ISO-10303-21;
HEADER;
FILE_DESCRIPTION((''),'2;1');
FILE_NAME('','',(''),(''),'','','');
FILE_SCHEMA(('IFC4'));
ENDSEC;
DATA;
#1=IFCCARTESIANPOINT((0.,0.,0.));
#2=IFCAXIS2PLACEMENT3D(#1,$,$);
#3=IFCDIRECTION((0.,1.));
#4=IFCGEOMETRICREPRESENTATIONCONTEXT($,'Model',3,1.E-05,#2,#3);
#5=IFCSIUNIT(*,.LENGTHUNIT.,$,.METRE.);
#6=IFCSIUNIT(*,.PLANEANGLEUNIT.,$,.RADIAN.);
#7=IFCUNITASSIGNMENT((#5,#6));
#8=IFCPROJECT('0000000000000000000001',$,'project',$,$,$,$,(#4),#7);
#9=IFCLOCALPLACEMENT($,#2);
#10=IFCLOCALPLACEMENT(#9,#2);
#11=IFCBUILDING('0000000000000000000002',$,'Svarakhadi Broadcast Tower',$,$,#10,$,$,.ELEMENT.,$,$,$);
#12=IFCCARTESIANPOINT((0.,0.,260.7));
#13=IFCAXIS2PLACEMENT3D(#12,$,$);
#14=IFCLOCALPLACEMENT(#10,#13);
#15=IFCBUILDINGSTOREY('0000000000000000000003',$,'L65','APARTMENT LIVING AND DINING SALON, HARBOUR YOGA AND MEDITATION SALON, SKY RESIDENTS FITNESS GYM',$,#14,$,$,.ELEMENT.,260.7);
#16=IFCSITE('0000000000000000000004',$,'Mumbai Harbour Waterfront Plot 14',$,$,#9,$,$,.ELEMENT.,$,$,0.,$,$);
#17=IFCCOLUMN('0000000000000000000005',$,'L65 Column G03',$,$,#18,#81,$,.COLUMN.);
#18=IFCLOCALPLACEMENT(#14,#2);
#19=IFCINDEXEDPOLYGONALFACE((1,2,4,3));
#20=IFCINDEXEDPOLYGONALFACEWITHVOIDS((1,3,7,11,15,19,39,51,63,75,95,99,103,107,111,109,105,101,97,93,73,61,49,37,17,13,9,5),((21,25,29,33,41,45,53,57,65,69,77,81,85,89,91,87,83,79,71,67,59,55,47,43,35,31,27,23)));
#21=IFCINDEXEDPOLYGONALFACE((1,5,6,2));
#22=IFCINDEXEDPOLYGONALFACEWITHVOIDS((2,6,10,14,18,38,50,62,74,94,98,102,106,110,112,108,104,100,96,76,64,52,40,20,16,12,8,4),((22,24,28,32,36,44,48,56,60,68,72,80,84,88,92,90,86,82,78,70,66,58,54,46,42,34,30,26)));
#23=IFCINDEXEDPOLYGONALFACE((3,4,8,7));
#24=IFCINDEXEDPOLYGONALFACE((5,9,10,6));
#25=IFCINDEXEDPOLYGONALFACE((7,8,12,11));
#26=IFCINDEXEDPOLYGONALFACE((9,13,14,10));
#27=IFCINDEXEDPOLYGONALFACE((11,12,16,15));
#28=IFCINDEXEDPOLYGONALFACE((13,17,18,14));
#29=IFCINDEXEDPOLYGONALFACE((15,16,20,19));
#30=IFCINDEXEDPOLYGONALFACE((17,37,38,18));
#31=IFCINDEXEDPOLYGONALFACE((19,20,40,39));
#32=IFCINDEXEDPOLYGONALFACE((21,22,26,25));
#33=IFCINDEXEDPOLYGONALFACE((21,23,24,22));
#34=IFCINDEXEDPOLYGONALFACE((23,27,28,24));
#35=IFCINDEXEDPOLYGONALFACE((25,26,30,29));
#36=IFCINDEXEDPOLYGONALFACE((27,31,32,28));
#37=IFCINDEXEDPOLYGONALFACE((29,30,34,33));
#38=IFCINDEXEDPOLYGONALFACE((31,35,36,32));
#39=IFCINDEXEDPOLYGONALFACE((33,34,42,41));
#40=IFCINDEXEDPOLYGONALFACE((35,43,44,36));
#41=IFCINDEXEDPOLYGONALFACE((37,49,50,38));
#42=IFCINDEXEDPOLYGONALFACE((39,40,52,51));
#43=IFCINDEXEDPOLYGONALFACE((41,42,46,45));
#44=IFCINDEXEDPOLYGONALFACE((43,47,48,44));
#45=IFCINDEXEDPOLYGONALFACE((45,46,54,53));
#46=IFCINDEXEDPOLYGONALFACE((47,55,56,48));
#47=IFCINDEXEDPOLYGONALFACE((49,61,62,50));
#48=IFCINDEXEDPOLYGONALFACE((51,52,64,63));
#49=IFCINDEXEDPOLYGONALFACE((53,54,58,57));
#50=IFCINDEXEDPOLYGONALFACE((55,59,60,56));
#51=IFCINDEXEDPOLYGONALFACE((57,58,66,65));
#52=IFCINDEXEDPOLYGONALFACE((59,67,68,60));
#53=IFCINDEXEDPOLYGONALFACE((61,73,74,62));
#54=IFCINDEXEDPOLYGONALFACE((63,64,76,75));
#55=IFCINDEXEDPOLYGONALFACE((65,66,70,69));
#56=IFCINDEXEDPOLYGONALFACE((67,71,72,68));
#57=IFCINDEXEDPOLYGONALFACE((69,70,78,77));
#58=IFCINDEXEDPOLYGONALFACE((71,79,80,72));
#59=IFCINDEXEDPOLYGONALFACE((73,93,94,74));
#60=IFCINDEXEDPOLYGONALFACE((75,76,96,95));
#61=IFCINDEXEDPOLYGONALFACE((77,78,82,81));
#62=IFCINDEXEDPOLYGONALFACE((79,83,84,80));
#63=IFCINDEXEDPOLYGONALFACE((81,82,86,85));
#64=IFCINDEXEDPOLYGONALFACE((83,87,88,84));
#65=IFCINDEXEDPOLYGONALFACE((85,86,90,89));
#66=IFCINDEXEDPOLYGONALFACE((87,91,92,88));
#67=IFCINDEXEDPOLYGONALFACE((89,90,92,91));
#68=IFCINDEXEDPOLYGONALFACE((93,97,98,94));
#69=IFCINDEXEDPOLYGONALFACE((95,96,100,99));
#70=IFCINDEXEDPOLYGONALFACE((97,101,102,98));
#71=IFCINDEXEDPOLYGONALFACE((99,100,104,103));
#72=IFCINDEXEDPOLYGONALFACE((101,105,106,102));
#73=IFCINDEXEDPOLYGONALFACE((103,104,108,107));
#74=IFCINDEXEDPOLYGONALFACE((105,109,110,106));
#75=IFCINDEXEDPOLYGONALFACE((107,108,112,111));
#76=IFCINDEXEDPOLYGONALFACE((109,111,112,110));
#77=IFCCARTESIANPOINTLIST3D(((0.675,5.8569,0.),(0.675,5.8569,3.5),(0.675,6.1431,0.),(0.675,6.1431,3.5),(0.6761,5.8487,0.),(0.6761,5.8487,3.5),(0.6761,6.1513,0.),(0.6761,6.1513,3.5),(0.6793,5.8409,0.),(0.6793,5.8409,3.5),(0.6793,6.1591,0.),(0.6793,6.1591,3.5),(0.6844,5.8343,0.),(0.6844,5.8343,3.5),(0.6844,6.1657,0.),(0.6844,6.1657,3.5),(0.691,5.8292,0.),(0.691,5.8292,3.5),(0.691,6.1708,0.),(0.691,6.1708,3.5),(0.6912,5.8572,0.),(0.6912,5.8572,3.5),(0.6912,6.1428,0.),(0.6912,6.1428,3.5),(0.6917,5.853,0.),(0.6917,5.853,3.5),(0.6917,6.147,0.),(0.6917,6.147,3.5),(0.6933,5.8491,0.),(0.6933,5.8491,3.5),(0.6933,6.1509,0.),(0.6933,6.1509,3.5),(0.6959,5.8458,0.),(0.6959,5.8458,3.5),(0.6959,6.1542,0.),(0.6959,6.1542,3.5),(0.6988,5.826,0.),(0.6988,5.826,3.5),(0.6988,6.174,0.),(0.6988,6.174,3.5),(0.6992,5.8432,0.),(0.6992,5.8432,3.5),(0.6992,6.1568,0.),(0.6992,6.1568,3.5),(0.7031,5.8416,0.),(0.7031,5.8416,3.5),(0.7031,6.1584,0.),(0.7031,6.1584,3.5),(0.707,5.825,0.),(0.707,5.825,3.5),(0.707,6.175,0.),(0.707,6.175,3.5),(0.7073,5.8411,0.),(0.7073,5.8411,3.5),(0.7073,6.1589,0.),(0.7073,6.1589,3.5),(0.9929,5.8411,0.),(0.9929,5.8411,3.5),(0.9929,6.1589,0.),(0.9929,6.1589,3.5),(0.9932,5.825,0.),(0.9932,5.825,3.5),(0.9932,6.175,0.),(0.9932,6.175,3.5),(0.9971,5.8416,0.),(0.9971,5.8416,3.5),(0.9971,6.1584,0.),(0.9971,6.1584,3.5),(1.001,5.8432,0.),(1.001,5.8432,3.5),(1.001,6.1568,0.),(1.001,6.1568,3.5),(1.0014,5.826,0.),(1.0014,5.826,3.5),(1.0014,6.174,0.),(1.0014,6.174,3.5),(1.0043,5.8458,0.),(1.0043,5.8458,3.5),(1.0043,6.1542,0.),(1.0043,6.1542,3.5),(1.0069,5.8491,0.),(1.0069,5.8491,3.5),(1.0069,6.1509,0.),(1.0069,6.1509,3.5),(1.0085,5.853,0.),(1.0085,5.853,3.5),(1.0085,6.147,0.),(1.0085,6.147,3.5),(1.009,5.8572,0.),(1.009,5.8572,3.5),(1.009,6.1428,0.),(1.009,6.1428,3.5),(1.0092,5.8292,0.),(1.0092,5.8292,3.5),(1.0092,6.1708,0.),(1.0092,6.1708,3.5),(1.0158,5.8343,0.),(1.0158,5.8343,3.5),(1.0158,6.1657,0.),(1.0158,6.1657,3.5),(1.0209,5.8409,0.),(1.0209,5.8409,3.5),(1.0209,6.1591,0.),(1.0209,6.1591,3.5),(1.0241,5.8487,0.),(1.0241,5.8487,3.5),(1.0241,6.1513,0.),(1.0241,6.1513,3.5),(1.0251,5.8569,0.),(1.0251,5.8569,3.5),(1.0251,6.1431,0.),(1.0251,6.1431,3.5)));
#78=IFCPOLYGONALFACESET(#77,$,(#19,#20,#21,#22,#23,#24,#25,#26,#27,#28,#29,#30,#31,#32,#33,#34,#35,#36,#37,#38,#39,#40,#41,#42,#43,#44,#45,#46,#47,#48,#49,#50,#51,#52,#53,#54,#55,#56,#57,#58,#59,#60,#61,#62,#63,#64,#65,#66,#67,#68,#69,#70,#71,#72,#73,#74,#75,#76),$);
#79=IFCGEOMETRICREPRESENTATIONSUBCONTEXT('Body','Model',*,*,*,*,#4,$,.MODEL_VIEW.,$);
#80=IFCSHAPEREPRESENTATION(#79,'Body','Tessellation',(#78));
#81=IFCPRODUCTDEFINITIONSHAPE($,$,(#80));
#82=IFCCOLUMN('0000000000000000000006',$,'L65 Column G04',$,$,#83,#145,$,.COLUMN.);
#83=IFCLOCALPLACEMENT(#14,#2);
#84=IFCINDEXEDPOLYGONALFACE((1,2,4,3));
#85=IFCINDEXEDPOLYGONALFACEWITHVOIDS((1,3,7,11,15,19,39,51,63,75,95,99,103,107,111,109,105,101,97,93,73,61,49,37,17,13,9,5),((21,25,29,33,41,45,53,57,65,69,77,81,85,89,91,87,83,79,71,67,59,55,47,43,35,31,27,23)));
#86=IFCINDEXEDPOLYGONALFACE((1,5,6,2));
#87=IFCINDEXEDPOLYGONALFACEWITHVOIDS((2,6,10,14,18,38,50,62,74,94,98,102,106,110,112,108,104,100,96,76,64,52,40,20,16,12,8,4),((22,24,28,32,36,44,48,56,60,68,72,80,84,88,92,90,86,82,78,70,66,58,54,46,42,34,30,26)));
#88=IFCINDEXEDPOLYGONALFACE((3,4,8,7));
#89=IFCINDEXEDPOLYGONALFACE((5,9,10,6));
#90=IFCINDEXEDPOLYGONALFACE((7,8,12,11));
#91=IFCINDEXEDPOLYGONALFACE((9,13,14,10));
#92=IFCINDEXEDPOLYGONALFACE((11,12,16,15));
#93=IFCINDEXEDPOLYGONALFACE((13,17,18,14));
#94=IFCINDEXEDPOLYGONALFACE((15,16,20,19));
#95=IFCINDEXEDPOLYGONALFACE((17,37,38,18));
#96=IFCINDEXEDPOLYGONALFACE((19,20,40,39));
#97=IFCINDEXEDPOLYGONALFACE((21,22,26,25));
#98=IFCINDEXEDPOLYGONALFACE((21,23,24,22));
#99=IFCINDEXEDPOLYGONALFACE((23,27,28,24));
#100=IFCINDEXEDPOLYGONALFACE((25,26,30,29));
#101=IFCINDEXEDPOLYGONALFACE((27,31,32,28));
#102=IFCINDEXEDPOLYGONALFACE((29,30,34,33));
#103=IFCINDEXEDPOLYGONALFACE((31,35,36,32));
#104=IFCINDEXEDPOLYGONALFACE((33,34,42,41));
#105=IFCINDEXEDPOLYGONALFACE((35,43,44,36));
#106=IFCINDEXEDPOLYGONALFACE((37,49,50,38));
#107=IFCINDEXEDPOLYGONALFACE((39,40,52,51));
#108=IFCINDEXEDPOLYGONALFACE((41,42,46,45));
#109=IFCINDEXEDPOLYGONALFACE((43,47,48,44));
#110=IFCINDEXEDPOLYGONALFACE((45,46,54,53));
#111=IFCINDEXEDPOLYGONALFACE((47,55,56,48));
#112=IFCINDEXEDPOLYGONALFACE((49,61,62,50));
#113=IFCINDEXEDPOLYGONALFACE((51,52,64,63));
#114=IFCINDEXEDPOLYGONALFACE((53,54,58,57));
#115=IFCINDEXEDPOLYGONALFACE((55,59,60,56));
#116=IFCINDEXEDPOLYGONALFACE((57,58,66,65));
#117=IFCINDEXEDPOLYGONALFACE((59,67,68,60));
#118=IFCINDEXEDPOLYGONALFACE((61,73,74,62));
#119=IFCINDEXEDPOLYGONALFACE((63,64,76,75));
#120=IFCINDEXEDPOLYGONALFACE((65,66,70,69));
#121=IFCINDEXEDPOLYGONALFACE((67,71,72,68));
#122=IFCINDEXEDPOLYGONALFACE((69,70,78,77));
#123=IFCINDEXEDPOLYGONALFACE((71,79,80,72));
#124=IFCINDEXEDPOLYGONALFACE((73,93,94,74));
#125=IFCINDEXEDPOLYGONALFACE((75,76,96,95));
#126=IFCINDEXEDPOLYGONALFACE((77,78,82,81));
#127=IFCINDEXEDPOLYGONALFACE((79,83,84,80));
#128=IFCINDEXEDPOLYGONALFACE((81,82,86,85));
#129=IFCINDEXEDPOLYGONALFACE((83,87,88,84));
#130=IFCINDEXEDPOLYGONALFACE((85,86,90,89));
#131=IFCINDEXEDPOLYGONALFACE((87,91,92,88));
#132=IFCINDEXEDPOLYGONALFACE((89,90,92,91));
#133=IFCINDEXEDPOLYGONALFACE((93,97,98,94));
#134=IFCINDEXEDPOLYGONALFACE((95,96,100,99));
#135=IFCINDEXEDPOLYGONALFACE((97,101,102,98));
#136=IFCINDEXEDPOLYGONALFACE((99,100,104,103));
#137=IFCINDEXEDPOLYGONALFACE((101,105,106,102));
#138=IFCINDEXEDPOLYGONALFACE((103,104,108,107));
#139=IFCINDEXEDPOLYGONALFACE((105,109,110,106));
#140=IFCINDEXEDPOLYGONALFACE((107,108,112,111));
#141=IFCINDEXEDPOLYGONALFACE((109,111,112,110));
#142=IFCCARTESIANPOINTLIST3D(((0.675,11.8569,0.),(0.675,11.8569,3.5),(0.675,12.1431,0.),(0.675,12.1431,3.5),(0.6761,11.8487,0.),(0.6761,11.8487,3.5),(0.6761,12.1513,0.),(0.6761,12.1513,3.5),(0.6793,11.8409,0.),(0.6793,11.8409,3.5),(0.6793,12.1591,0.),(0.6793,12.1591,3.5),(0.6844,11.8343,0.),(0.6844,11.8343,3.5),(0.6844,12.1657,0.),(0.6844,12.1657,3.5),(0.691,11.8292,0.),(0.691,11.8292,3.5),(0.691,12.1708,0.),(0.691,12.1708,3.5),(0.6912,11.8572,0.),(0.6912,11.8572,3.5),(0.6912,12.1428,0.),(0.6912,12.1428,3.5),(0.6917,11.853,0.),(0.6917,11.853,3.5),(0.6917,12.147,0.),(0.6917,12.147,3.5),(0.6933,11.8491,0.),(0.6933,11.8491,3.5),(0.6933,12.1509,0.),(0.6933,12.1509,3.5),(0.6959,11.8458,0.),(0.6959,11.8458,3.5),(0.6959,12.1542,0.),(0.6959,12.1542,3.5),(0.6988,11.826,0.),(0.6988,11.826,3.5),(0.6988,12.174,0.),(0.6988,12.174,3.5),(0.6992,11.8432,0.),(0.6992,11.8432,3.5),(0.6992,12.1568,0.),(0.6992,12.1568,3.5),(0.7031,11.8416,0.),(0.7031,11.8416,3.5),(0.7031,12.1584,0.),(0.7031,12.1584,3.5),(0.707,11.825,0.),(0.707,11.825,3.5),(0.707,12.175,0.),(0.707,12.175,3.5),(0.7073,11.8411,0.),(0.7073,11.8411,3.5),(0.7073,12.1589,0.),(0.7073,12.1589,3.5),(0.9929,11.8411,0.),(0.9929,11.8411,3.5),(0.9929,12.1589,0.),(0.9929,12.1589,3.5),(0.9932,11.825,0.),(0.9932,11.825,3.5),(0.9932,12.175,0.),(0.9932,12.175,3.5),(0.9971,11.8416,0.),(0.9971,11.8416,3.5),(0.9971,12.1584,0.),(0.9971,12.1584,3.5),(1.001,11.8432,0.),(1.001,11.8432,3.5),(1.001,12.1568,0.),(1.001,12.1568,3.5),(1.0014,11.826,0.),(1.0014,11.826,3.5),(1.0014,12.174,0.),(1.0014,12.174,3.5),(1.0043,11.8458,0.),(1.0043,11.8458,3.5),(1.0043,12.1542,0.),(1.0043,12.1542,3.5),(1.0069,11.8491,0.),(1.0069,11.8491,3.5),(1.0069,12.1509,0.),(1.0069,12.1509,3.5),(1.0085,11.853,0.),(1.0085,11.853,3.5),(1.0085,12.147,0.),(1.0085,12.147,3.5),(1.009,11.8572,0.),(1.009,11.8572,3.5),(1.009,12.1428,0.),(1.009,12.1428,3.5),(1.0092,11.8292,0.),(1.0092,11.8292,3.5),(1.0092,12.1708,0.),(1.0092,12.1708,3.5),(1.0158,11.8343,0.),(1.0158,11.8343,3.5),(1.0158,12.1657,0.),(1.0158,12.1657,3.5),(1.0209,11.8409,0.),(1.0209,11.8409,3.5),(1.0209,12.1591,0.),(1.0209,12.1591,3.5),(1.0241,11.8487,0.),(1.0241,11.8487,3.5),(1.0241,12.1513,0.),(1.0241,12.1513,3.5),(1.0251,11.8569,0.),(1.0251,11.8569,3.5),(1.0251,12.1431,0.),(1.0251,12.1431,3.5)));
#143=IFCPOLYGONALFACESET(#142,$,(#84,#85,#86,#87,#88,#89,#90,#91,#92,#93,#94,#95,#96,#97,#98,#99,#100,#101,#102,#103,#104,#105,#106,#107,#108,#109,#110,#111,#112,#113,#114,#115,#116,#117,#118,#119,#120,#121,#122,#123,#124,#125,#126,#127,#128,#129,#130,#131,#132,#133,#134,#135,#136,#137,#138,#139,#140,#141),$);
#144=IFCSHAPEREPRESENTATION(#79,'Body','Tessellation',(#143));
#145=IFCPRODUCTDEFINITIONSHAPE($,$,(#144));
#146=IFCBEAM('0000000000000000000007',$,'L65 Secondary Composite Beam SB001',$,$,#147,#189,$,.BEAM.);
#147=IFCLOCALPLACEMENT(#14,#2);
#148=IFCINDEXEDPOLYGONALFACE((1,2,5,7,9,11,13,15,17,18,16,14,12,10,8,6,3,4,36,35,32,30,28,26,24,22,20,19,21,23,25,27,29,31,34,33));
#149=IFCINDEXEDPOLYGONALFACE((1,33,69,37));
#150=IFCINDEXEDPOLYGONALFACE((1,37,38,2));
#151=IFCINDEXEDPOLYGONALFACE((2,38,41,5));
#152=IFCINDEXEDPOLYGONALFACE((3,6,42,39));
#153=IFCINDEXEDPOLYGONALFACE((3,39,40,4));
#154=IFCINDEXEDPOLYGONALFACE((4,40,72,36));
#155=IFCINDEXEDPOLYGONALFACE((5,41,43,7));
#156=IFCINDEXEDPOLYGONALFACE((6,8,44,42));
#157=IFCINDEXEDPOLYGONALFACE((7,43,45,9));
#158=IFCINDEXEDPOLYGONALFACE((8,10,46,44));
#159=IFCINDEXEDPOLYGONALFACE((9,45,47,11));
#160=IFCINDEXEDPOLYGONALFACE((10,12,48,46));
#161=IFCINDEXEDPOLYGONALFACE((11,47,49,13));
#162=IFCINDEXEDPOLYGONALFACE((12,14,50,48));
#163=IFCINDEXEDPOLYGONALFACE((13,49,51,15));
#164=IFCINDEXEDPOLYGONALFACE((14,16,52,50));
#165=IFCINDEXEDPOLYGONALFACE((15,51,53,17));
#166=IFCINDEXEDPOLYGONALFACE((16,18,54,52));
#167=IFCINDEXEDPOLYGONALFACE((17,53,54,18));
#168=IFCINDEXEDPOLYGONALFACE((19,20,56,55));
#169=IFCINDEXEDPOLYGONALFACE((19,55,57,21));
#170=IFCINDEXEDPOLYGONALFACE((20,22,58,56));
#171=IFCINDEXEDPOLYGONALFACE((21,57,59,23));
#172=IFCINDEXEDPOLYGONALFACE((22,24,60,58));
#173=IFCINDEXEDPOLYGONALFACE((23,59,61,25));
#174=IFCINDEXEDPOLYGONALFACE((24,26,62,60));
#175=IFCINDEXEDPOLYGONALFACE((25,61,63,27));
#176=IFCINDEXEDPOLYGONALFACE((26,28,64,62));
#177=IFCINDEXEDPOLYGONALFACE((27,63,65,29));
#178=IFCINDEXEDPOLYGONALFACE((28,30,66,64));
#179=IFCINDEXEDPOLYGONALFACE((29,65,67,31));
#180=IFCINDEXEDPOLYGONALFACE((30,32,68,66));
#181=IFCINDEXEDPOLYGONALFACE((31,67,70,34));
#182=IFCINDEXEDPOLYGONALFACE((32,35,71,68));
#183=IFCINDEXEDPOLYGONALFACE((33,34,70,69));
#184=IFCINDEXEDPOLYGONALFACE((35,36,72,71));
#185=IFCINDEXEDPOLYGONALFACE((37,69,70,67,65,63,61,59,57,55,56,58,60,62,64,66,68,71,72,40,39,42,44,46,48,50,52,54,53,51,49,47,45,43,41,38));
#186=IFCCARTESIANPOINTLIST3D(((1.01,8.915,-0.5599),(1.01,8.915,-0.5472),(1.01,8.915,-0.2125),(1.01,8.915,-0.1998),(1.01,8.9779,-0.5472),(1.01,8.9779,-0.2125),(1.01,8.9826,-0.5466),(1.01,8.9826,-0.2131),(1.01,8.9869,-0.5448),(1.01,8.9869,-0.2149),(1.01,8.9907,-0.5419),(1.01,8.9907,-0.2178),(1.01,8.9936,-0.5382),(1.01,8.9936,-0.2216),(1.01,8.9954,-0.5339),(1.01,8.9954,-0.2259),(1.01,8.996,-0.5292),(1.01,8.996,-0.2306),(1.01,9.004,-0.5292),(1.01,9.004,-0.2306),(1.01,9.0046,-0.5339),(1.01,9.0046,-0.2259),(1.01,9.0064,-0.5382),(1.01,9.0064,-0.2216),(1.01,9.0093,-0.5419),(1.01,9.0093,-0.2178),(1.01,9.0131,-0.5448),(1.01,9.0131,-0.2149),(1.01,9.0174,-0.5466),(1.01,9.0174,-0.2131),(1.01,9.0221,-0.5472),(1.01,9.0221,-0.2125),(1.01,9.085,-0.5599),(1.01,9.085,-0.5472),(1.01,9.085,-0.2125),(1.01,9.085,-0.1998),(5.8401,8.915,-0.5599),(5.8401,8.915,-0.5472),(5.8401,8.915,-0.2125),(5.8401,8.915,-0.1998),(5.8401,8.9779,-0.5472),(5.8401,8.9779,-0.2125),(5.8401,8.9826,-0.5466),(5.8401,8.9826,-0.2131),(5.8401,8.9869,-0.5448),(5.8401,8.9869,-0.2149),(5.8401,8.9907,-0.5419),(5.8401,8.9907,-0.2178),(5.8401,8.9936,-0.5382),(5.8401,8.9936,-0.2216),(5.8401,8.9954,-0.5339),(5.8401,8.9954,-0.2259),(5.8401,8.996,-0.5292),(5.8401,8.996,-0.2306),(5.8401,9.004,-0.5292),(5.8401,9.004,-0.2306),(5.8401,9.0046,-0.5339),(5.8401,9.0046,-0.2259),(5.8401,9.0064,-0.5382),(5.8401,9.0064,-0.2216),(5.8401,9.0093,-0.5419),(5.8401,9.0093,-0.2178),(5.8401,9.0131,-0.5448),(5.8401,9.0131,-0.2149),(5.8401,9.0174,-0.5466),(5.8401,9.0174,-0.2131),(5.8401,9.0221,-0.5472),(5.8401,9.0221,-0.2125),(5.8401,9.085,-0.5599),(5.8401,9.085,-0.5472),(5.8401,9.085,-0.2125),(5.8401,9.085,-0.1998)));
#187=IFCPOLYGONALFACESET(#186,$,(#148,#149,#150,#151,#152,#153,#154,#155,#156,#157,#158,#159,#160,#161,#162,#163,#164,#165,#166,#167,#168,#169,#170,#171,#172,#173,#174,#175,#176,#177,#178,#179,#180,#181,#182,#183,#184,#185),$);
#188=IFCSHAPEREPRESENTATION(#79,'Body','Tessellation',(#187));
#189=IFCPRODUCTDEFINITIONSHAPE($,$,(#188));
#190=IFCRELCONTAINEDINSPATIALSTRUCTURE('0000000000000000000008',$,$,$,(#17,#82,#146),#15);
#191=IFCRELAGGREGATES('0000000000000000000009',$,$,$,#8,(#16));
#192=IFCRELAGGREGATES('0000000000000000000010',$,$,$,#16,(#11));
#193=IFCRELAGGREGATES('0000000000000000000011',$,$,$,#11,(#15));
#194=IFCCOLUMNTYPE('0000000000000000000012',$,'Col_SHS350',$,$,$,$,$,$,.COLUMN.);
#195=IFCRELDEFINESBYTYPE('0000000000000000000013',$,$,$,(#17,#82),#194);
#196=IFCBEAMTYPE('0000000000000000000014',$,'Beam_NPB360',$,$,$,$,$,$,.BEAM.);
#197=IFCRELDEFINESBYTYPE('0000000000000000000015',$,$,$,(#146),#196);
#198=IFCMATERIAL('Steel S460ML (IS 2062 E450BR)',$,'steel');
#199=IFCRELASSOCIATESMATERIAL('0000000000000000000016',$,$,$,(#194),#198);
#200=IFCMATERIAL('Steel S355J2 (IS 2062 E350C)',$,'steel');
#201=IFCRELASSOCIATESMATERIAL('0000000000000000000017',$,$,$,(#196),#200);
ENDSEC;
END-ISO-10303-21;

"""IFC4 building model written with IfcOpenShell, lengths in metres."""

from ifc_helpers import new_model, si_unit, direction, frame, origin, origin_2d, place, context, subcontext, project, spatial, hollow_rectangle, i_section, extrude, material, material_profile, profile_set, type_object, element, save


model = new_model("IFC4")

# Units and contexts
model_context = context("Model", 3, precision=1e-05, world=origin(), true_north=direction((0.0, 1.0)))
body_context = subcontext(model_context, "Body", "Model", "MODEL_VIEW")
ifc_project = project(units=[si_unit("LENGTHUNIT", "METRE"), si_unit("PLANEANGLEUNIT", "RADIAN")], contexts=[model_context])

# Site, building, storey
site_placement = place(None, origin())
site = spatial("IfcSite", under=ifc_project, at=site_placement, Name="Mumbai Harbour Waterfront Plot 14", CompositionType="ELEMENT", RefElevation=0.0)
building_placement = place(site_placement, origin())
building = spatial("IfcBuilding", under=site, at=building_placement, Name="Svarakhadi Broadcast Tower", CompositionType="ELEMENT")
storey_placement = place(building_placement, frame((0.0, 0.0, 260.7)))
storey = spatial("IfcBuildingStorey", under=building, at=storey_placement, Name="L65", Description="APARTMENT LIVING AND DINING SALON, HARBOUR YOGA AND MEDITATION SALON, SKY RESIDENTS FITNESS GYM", CompositionType="ELEMENT", Elevation=260.7)

# Columns
ifc_material_1 = material(Name="Steel S460ML (IS 2062 E450BR)", Category="steel")
ifc_material_profile_1 = material_profile(ifc_material_1, hollow_rectangle(XDim=0.3501, YDim=0.3501, WallThickness=0.0161, InnerFilletRadius=0.0161, OuterFilletRadius=0.032, at=origin_2d()), Name="SHS 350x350x16")
ifc_profile_set_1 = profile_set([ifc_material_profile_1], Name="Steel S460ML (IS 2062 E450BR)")
column_type = type_object("IfcColumnType", Name="Col_SHS350", PredefinedType="COLUMN", material=ifc_profile_set_1)
for number, where, z_axis, x_axis, name in (
    (1, (0.8501, 6.0, 0.0), (0.0, 0.0, 1.0), (1.0, 0.0, 0.0), "L65 Column G03"),
    (2, (0.8501, 12.0, 0.0), (0.0, 0.0, 1.0), (1.0, 0.0, 0.0), "L65 Column G04"),
):
    element("IfcColumn", number, at=place(storey_placement, frame(where, z_axis=z_axis, x_axis=x_axis)), inside=storey, type_object=column_type, Name=name, PredefinedType="COLUMN", context=body_context, shape_type="SweptSolid", body=[
        extrude(hollow_rectangle(XDim=0.3501, YDim=0.3501, WallThickness=0.0161, InnerFilletRadius=0.0161, OuterFilletRadius=0.032, at=origin_2d()), origin(), (0.0, 0.0, 1.0), 3.5),
    ])

# Beam
ifc_material_2 = material(Name="Steel S355J2 (IS 2062 E350C)", Category="steel")
ifc_material_profile_2 = material_profile(ifc_material_2, i_section(OverallWidth=0.1699, OverallDepth=0.3601, WebThickness=0.0081, FlangeThickness=0.0127, FilletRadius=0.0181, at=origin_2d()), Name="NPB 360x170x57")
ifc_profile_set_2 = profile_set([ifc_material_profile_2], Name="Steel S355J2 (IS 2062 E350C)")
beam_type_1 = type_object("IfcBeamType", Name="Beam_NPB360", PredefinedType="BEAM", material=ifc_profile_set_2)
beam_placement = place(storey_placement, frame((1.01, 9.0, -0.3799), z_axis=(1.0, 0.0, 0.0), x_axis=(0.0, 1.0, 0.0)))
element("IfcBeam", 3, at=beam_placement, inside=storey, type_object=beam_type_1, Name="L65 Secondary Composite Beam SB001", PredefinedType="BEAM", context=body_context, shape_type="SweptSolid", body=[
    extrude(i_section(OverallWidth=0.1699, OverallDepth=0.3601, WebThickness=0.0081, FlangeThickness=0.0127, FilletRadius=0.0181, at=origin_2d()), origin(), (0.0, 0.0, 1.0), 4.8301),
])

save(model, "model.ifc")
